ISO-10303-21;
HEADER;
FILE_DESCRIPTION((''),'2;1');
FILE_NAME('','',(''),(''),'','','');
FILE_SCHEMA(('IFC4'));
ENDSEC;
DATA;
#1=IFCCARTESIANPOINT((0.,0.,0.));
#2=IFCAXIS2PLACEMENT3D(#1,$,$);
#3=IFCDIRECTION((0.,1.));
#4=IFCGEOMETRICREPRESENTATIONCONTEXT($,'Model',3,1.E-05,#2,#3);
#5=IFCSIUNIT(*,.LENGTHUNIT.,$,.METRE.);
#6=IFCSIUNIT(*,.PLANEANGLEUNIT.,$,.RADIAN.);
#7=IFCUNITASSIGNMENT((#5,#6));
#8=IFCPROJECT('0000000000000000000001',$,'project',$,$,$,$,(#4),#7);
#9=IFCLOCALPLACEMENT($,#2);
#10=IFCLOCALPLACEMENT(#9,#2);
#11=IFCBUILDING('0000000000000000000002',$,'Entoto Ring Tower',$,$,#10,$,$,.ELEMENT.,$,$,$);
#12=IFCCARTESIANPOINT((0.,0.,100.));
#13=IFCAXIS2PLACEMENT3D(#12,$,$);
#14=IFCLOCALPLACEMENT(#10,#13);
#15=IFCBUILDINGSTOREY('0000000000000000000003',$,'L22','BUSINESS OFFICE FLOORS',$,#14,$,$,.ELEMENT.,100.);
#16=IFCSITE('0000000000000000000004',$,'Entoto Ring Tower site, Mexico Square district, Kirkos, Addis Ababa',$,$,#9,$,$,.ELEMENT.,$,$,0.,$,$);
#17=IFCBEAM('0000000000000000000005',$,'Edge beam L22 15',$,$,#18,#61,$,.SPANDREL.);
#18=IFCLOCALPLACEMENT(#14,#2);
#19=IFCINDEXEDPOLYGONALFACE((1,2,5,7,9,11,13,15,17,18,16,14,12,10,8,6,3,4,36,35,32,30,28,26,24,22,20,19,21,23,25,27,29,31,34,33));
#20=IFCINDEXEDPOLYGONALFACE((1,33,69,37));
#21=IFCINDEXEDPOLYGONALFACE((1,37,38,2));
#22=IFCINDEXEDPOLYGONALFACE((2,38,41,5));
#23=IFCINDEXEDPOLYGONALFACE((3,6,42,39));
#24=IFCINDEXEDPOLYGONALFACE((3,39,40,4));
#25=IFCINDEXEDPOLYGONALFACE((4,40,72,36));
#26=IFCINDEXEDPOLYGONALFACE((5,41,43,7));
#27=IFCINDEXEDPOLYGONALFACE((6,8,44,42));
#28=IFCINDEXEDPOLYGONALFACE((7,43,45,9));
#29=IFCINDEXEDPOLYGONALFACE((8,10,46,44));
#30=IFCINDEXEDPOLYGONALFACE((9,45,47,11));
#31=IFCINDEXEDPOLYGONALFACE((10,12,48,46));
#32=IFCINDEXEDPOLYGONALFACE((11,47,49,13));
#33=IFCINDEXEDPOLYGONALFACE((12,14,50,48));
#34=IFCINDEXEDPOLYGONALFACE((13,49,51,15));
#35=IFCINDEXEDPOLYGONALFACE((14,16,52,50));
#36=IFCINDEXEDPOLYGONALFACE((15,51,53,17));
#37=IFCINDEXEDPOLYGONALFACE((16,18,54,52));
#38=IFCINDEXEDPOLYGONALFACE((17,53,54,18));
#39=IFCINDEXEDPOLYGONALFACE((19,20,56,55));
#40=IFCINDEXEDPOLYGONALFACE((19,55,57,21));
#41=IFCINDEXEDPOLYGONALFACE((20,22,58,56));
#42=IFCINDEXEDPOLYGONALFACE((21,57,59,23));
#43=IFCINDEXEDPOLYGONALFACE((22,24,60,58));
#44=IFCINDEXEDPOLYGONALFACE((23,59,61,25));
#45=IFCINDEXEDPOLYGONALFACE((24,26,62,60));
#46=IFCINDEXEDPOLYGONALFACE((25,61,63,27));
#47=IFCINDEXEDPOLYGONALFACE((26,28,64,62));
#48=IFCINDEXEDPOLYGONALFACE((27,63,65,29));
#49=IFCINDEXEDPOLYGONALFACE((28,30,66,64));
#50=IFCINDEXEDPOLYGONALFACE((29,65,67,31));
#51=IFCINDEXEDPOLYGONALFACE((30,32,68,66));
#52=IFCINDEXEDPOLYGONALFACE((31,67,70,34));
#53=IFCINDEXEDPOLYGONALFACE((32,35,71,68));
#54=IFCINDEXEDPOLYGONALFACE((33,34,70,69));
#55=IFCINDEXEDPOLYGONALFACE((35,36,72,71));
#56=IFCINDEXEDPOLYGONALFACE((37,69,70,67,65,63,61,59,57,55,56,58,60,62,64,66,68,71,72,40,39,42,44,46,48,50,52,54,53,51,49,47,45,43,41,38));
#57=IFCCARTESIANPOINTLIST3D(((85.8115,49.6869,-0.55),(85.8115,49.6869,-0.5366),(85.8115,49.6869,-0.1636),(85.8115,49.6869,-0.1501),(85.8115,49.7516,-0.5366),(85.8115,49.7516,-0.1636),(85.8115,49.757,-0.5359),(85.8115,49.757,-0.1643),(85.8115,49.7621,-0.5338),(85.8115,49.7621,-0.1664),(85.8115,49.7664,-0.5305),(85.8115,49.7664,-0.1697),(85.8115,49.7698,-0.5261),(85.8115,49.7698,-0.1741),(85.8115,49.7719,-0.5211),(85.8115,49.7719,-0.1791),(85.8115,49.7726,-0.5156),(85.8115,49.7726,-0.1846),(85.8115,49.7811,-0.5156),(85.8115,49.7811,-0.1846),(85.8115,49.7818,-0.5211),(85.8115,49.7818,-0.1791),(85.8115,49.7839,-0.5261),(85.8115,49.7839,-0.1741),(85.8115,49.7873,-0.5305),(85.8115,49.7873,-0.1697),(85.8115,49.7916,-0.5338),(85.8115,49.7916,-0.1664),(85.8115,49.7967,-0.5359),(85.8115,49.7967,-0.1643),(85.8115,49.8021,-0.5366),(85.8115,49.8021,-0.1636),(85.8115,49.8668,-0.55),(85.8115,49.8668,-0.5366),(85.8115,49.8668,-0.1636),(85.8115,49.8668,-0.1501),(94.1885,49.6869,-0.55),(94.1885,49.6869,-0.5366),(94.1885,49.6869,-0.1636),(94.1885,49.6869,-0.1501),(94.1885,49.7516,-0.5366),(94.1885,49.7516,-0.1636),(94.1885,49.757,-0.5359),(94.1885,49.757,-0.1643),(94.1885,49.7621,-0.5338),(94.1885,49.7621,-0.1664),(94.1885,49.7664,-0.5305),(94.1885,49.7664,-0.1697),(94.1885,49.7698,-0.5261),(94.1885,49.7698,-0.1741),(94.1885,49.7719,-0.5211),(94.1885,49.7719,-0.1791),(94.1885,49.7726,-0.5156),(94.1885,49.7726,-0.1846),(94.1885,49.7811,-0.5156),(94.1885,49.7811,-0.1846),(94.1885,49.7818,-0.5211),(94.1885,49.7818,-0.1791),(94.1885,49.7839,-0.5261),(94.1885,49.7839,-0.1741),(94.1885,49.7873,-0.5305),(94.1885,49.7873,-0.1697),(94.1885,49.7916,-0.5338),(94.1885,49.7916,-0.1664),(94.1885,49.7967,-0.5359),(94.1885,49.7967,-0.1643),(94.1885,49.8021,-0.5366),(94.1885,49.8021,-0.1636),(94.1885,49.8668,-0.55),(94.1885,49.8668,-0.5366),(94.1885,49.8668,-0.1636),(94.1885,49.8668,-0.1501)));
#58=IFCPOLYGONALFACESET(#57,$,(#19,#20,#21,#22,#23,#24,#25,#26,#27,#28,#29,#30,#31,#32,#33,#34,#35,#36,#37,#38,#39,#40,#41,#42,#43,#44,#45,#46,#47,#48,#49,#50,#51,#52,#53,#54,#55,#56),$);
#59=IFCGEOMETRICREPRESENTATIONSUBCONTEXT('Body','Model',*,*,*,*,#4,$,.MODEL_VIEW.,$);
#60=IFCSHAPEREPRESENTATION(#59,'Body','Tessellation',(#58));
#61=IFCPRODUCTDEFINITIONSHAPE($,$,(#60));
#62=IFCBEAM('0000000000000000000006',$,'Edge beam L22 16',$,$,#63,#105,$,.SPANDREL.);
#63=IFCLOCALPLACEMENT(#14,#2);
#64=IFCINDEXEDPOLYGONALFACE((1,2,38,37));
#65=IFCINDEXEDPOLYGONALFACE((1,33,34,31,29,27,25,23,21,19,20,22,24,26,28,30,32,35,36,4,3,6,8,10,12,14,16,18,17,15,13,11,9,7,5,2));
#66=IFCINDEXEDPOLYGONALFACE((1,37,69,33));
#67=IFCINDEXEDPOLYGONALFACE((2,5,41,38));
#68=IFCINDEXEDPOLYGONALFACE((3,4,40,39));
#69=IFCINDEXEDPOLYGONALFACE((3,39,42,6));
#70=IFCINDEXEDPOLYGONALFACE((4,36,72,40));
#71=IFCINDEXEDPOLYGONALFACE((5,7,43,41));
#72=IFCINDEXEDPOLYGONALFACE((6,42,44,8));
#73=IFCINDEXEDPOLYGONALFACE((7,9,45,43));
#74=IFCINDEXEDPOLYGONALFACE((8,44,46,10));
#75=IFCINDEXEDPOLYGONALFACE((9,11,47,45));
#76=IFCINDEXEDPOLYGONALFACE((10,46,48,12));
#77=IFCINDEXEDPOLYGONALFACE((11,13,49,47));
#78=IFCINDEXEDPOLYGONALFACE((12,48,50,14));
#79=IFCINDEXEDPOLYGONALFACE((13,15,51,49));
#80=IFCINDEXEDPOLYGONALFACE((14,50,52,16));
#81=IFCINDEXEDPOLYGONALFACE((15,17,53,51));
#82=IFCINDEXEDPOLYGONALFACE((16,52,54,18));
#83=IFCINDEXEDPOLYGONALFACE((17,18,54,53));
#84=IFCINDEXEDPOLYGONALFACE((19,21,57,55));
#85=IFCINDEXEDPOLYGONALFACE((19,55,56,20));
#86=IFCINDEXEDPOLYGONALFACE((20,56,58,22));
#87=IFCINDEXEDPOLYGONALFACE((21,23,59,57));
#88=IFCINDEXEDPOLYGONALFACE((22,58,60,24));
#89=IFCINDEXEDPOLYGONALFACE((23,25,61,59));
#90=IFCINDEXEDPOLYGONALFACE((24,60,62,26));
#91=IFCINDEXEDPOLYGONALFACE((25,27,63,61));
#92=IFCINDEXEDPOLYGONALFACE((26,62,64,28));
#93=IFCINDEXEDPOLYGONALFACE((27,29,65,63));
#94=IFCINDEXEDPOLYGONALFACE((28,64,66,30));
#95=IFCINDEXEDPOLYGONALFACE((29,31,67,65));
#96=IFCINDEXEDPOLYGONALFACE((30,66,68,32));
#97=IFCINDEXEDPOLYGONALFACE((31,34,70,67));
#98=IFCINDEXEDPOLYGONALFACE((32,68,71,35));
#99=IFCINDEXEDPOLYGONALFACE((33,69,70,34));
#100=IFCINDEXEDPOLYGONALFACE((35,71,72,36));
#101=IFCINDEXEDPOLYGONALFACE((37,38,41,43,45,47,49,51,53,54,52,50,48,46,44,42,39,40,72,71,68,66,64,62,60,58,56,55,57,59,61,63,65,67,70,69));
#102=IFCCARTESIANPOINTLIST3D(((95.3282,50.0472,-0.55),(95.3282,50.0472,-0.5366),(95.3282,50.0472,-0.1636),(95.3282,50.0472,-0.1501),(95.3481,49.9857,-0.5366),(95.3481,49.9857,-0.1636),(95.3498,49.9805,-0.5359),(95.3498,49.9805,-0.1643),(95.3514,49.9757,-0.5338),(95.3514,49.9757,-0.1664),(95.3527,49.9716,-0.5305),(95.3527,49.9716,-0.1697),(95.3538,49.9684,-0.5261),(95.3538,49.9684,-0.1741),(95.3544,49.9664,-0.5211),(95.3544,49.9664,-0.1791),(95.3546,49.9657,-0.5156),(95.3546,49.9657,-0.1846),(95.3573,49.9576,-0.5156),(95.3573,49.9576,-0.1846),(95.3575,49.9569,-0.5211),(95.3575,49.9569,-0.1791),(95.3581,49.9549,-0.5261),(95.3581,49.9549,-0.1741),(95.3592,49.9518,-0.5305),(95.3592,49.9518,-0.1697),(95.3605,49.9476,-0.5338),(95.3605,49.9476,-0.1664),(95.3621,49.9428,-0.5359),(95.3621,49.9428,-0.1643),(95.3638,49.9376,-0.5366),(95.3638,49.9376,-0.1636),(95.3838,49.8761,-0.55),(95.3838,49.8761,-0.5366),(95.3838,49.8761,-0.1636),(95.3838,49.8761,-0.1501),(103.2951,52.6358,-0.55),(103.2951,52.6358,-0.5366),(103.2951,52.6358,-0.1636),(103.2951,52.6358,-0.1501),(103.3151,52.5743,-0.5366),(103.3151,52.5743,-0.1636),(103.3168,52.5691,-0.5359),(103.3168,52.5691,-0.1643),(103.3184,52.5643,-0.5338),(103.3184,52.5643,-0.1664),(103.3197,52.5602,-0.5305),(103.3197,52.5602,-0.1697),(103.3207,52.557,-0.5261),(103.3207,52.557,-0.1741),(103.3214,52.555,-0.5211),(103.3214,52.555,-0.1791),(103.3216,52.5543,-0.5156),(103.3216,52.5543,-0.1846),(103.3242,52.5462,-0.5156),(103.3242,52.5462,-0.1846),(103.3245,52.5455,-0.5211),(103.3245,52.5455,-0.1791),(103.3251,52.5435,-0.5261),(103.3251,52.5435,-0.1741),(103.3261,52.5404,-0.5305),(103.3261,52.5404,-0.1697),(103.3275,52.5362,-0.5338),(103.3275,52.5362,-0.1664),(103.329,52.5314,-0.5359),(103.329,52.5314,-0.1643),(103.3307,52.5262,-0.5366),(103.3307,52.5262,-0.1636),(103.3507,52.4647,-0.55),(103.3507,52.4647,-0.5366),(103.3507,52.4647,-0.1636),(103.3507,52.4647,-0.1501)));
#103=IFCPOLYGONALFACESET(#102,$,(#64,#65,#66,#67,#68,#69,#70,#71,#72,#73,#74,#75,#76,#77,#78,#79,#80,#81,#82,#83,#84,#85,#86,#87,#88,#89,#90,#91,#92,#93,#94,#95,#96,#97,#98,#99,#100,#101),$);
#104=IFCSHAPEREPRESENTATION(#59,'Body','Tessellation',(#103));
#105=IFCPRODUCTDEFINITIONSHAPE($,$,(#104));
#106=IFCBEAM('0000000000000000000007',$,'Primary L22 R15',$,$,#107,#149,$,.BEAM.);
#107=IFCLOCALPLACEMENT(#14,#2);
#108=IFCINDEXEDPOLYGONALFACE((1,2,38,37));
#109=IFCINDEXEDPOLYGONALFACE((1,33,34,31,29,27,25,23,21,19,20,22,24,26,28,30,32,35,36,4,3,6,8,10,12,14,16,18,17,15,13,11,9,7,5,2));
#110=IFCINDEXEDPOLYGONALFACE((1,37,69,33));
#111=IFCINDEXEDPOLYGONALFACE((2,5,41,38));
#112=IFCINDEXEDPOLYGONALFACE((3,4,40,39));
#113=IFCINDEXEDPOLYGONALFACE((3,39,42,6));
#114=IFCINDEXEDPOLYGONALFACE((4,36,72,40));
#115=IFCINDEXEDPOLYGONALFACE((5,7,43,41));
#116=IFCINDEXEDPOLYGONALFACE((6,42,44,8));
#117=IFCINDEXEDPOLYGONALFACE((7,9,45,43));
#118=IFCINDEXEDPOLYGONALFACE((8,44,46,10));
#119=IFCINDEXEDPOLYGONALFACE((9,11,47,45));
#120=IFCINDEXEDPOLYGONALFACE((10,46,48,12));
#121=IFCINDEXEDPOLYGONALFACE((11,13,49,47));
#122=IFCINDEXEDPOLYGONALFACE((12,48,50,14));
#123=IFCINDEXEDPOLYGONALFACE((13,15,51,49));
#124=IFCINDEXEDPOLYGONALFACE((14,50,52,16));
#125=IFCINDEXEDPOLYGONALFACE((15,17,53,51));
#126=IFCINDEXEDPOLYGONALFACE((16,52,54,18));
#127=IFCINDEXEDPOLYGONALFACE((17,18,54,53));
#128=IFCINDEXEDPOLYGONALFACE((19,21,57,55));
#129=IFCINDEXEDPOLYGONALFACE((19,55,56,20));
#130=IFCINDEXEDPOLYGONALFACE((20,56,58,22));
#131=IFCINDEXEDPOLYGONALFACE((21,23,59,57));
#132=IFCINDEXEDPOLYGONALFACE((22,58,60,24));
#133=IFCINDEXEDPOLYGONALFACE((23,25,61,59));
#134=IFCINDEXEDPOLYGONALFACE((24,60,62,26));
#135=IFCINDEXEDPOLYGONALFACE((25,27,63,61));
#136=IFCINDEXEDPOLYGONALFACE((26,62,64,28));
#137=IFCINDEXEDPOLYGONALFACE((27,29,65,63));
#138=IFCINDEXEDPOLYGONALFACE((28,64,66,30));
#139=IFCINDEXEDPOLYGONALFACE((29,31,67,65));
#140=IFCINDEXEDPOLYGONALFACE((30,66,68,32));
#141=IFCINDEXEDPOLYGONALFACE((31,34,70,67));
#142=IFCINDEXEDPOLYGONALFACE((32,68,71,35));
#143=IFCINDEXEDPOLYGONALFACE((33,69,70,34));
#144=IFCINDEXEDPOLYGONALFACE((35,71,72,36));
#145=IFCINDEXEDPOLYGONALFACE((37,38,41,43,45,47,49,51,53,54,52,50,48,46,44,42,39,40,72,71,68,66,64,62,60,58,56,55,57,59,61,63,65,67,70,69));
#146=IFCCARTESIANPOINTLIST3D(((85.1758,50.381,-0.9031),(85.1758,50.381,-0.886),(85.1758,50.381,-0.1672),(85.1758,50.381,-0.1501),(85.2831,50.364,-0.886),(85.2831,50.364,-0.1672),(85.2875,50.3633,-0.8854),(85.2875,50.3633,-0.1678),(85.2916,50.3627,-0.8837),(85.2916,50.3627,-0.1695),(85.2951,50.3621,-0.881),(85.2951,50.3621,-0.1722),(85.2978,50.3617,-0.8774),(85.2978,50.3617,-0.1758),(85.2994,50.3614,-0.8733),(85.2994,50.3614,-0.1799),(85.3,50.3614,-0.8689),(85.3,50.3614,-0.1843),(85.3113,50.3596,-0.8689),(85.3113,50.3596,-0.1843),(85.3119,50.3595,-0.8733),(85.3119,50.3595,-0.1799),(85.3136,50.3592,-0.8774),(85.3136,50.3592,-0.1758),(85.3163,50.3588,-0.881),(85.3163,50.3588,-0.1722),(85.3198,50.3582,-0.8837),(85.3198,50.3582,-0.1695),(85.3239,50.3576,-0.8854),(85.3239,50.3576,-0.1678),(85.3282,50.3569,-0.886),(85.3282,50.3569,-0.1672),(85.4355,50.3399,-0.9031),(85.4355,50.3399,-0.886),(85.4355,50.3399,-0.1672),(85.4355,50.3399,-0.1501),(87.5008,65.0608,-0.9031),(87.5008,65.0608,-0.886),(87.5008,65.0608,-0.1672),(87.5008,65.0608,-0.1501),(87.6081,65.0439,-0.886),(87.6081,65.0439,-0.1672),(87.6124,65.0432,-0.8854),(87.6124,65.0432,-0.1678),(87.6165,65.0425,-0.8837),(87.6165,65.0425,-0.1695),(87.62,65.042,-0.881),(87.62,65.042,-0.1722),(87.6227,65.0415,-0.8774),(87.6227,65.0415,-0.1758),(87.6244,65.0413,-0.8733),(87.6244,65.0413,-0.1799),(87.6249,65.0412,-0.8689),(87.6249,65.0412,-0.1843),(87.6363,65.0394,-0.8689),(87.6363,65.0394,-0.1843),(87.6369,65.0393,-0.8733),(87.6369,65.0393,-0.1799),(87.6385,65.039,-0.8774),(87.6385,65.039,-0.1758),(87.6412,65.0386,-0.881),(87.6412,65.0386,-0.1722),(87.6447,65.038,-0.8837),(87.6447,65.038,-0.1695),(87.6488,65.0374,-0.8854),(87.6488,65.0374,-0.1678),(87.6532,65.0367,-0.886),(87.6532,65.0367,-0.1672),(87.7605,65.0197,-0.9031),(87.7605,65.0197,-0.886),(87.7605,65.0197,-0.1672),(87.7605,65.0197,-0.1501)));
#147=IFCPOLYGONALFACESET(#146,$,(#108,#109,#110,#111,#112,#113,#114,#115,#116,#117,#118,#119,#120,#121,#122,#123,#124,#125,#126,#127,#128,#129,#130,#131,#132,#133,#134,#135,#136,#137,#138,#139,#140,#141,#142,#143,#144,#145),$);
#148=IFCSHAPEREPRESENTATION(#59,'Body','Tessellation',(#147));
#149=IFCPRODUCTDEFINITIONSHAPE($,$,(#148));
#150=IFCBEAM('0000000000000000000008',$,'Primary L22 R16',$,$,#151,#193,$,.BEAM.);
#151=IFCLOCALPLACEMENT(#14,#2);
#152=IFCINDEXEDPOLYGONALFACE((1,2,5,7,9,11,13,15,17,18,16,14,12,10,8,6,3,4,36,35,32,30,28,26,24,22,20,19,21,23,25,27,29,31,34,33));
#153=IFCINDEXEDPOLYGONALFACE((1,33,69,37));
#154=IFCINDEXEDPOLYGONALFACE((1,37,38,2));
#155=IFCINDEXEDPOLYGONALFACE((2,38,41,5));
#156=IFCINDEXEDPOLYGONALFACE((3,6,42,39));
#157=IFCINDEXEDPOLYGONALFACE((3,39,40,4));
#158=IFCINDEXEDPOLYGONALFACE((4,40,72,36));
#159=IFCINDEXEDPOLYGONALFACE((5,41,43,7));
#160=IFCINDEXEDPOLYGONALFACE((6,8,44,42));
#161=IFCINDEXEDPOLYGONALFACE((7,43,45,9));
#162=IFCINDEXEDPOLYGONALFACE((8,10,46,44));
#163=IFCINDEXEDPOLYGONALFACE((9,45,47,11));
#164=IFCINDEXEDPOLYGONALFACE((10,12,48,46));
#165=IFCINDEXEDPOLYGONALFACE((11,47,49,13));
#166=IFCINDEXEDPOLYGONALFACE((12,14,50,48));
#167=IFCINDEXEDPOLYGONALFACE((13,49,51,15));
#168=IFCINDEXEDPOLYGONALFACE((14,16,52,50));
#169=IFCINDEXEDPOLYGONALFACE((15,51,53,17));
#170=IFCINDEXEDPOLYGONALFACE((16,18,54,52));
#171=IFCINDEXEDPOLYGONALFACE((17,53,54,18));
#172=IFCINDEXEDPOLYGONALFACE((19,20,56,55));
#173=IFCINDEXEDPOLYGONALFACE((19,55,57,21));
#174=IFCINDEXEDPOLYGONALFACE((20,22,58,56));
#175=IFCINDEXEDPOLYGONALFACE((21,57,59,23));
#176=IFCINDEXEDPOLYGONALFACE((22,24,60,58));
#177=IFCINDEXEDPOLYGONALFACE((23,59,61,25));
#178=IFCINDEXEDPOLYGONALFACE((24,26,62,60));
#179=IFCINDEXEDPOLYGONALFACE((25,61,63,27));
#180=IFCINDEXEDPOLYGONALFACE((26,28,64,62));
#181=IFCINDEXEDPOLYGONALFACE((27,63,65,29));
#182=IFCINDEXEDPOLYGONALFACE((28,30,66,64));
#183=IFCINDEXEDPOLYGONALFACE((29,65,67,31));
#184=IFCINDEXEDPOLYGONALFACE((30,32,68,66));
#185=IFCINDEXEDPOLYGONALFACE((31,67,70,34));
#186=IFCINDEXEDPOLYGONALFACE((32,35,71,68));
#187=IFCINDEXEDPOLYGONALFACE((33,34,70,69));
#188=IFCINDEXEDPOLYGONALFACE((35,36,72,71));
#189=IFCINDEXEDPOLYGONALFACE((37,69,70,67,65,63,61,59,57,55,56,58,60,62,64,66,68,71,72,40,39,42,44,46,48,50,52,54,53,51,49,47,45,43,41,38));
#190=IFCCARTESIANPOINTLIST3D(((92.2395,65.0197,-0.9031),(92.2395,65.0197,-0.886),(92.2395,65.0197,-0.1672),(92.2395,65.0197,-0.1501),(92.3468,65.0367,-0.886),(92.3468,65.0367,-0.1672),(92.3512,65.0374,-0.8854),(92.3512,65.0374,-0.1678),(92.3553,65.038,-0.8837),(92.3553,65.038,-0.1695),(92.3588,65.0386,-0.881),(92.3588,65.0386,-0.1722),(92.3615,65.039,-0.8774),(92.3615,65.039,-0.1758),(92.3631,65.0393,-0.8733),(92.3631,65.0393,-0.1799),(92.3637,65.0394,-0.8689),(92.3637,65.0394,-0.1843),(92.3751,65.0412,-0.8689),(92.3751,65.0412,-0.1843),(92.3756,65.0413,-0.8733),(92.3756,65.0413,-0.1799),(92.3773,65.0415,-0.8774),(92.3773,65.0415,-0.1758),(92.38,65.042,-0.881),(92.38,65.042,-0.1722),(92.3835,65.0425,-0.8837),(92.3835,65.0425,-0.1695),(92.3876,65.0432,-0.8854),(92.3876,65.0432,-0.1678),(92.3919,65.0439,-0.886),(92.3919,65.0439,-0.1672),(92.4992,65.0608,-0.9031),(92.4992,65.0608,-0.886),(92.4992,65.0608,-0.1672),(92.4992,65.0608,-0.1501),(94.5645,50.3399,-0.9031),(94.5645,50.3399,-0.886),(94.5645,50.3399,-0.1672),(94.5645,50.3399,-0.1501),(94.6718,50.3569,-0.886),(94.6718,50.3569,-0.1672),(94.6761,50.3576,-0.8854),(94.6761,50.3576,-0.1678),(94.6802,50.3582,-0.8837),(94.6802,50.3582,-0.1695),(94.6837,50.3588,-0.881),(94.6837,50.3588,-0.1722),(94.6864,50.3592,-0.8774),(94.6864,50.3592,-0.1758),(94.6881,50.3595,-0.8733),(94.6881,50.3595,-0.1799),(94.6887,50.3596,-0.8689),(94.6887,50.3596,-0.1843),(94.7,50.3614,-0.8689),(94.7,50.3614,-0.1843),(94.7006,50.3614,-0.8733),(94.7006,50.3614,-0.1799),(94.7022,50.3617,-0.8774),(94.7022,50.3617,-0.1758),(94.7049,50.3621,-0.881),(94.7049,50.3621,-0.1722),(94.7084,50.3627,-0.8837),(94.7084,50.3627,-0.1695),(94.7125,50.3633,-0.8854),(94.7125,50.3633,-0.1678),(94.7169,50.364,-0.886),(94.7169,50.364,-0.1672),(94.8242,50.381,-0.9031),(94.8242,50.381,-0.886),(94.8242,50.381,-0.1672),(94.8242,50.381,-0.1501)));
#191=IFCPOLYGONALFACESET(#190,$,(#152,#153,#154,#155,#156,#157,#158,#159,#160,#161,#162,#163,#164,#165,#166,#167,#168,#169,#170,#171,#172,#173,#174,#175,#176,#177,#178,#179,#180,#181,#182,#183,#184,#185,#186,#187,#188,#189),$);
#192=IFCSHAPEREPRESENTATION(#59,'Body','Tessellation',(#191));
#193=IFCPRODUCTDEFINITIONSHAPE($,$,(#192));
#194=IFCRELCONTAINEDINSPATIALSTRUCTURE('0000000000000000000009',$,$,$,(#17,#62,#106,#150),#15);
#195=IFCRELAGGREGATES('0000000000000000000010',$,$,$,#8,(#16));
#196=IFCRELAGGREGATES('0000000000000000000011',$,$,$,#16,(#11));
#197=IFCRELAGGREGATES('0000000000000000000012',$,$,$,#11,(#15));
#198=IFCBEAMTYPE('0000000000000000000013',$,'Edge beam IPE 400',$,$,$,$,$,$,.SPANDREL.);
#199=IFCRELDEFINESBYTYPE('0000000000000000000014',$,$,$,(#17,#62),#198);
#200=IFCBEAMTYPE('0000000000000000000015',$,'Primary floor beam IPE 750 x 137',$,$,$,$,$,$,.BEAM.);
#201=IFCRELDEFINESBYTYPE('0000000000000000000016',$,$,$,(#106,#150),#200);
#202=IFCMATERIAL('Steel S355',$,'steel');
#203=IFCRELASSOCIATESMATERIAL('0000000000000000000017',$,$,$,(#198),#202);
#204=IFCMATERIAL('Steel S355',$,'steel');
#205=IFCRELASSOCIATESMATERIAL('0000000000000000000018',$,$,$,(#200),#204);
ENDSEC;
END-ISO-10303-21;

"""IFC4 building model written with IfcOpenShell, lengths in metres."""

from ifc_helpers import new_model, si_unit, direction, frame, origin, origin_2d, place, context, subcontext, project, spatial, i_section, extrude, material, material_profile, profile_set, type_object, element, save


model = new_model("IFC4")

# Units and contexts
model_context = context("Model", 3, precision=1e-05, world=origin(), true_north=direction((0.0, 1.0)))
body_context = subcontext(model_context, "Body", "Model", "MODEL_VIEW")
ifc_project = project(units=[si_unit("LENGTHUNIT", "METRE"), si_unit("PLANEANGLEUNIT", "RADIAN")], contexts=[model_context])

# Site, building, storey
site_placement = place(None, origin())
site = spatial("IfcSite", under=ifc_project, at=site_placement, Name="Entoto Ring Tower site, Mexico Square district, Kirkos, Addis Ababa", CompositionType="ELEMENT", RefElevation=0.0)
building_placement = place(site_placement, origin())
building = spatial("IfcBuilding", under=site, at=building_placement, Name="Entoto Ring Tower", CompositionType="ELEMENT")
storey_placement = place(building_placement, frame((0.0, 0.0, 100.0)))
storey = spatial("IfcBuildingStorey", under=building, at=storey_placement, Name="L22", Description="BUSINESS OFFICE FLOORS", CompositionType="ELEMENT", Elevation=100.0)

# Beams
ifc_material_1 = material(Name="Steel S355", Category="steel")
ifc_material_profile_1 = material_profile(ifc_material_1, i_section(OverallWidth=0.1799, OverallDepth=0.3999, WebThickness=0.0085, FlangeThickness=0.0134, FilletRadius=0.021, at=origin_2d()), Name="IPE 400")
ifc_profile_set_1 = profile_set([ifc_material_profile_1], Name="Steel S355")
beam_type_1 = type_object("IfcBeamType", Name="Edge beam IPE 400", PredefinedType="SPANDREL", material=ifc_profile_set_1)
for number, where, z_axis, x_axis, name in (
    (1, (85.8115, 49.7769, -0.3501), (1.0, 0.0, 0.0), (0.0, 1.0, 0.0), "Edge beam L22 15"),
    (2, (95.356, 49.9617, -0.3501), (0.951057, 0.309014, 0.0), (-0.309014, 0.951057, 0.0), "Edge beam L22 16"),
):
    element("IfcBeam", number, at=place(storey_placement, frame(where, z_axis=z_axis, x_axis=x_axis)), inside=storey, type_object=beam_type_1, Name=name, PredefinedType="SPANDREL", context=body_context, shape_type="SweptSolid", body=[
        extrude(i_section(OverallWidth=0.1799, OverallDepth=0.3999, WebThickness=0.0085, FlangeThickness=0.0134, FilletRadius=0.021, at=origin_2d()), origin(), (0.0, 0.0, 1.0), 8.377),
    ])
ifc_material_2 = material(Name="Steel S355", Category="steel")
ifc_material_profile_2 = material_profile(ifc_material_2, i_section(OverallWidth=0.2629, OverallDepth=0.7529, WebThickness=0.0115, FlangeThickness=0.0171, FilletRadius=0.0171, at=origin_2d()), Name="IPE 750 x 137")
ifc_profile_set_2 = profile_set([ifc_material_profile_2], Name="Steel S355")
beam_type_2 = type_object("IfcBeamType", Name="Primary floor beam IPE 750 x 137", PredefinedType="BEAM", material=ifc_profile_set_2)
for number, where, z_axis, x_axis, name in (
    (3, (87.6306, 65.0403, -0.5266), (-0.156426, -0.98769, 0.0), (0.98769, -0.156426, 0.0), "Primary L22 R15"),
    (4, (92.3694, 65.0403, -0.5266), (0.156426, -0.98769, 0.0), (0.98769, 0.156426, 0.0), "Primary L22 R16"),
):
    element("IfcBeam", number, at=place(storey_placement, frame(where, z_axis=z_axis, x_axis=x_axis)), inside=storey, type_object=beam_type_2, Name=name, PredefinedType="BEAM", context=body_context, shape_type="SweptSolid", body=[
        extrude(i_section(OverallWidth=0.2629, OverallDepth=0.7529, WebThickness=0.0115, FlangeThickness=0.0171, FilletRadius=0.0171, at=origin_2d()), origin(), (0.0, 0.0, 1.0), 14.8628),
    ])

save(model, "model.ifc")
